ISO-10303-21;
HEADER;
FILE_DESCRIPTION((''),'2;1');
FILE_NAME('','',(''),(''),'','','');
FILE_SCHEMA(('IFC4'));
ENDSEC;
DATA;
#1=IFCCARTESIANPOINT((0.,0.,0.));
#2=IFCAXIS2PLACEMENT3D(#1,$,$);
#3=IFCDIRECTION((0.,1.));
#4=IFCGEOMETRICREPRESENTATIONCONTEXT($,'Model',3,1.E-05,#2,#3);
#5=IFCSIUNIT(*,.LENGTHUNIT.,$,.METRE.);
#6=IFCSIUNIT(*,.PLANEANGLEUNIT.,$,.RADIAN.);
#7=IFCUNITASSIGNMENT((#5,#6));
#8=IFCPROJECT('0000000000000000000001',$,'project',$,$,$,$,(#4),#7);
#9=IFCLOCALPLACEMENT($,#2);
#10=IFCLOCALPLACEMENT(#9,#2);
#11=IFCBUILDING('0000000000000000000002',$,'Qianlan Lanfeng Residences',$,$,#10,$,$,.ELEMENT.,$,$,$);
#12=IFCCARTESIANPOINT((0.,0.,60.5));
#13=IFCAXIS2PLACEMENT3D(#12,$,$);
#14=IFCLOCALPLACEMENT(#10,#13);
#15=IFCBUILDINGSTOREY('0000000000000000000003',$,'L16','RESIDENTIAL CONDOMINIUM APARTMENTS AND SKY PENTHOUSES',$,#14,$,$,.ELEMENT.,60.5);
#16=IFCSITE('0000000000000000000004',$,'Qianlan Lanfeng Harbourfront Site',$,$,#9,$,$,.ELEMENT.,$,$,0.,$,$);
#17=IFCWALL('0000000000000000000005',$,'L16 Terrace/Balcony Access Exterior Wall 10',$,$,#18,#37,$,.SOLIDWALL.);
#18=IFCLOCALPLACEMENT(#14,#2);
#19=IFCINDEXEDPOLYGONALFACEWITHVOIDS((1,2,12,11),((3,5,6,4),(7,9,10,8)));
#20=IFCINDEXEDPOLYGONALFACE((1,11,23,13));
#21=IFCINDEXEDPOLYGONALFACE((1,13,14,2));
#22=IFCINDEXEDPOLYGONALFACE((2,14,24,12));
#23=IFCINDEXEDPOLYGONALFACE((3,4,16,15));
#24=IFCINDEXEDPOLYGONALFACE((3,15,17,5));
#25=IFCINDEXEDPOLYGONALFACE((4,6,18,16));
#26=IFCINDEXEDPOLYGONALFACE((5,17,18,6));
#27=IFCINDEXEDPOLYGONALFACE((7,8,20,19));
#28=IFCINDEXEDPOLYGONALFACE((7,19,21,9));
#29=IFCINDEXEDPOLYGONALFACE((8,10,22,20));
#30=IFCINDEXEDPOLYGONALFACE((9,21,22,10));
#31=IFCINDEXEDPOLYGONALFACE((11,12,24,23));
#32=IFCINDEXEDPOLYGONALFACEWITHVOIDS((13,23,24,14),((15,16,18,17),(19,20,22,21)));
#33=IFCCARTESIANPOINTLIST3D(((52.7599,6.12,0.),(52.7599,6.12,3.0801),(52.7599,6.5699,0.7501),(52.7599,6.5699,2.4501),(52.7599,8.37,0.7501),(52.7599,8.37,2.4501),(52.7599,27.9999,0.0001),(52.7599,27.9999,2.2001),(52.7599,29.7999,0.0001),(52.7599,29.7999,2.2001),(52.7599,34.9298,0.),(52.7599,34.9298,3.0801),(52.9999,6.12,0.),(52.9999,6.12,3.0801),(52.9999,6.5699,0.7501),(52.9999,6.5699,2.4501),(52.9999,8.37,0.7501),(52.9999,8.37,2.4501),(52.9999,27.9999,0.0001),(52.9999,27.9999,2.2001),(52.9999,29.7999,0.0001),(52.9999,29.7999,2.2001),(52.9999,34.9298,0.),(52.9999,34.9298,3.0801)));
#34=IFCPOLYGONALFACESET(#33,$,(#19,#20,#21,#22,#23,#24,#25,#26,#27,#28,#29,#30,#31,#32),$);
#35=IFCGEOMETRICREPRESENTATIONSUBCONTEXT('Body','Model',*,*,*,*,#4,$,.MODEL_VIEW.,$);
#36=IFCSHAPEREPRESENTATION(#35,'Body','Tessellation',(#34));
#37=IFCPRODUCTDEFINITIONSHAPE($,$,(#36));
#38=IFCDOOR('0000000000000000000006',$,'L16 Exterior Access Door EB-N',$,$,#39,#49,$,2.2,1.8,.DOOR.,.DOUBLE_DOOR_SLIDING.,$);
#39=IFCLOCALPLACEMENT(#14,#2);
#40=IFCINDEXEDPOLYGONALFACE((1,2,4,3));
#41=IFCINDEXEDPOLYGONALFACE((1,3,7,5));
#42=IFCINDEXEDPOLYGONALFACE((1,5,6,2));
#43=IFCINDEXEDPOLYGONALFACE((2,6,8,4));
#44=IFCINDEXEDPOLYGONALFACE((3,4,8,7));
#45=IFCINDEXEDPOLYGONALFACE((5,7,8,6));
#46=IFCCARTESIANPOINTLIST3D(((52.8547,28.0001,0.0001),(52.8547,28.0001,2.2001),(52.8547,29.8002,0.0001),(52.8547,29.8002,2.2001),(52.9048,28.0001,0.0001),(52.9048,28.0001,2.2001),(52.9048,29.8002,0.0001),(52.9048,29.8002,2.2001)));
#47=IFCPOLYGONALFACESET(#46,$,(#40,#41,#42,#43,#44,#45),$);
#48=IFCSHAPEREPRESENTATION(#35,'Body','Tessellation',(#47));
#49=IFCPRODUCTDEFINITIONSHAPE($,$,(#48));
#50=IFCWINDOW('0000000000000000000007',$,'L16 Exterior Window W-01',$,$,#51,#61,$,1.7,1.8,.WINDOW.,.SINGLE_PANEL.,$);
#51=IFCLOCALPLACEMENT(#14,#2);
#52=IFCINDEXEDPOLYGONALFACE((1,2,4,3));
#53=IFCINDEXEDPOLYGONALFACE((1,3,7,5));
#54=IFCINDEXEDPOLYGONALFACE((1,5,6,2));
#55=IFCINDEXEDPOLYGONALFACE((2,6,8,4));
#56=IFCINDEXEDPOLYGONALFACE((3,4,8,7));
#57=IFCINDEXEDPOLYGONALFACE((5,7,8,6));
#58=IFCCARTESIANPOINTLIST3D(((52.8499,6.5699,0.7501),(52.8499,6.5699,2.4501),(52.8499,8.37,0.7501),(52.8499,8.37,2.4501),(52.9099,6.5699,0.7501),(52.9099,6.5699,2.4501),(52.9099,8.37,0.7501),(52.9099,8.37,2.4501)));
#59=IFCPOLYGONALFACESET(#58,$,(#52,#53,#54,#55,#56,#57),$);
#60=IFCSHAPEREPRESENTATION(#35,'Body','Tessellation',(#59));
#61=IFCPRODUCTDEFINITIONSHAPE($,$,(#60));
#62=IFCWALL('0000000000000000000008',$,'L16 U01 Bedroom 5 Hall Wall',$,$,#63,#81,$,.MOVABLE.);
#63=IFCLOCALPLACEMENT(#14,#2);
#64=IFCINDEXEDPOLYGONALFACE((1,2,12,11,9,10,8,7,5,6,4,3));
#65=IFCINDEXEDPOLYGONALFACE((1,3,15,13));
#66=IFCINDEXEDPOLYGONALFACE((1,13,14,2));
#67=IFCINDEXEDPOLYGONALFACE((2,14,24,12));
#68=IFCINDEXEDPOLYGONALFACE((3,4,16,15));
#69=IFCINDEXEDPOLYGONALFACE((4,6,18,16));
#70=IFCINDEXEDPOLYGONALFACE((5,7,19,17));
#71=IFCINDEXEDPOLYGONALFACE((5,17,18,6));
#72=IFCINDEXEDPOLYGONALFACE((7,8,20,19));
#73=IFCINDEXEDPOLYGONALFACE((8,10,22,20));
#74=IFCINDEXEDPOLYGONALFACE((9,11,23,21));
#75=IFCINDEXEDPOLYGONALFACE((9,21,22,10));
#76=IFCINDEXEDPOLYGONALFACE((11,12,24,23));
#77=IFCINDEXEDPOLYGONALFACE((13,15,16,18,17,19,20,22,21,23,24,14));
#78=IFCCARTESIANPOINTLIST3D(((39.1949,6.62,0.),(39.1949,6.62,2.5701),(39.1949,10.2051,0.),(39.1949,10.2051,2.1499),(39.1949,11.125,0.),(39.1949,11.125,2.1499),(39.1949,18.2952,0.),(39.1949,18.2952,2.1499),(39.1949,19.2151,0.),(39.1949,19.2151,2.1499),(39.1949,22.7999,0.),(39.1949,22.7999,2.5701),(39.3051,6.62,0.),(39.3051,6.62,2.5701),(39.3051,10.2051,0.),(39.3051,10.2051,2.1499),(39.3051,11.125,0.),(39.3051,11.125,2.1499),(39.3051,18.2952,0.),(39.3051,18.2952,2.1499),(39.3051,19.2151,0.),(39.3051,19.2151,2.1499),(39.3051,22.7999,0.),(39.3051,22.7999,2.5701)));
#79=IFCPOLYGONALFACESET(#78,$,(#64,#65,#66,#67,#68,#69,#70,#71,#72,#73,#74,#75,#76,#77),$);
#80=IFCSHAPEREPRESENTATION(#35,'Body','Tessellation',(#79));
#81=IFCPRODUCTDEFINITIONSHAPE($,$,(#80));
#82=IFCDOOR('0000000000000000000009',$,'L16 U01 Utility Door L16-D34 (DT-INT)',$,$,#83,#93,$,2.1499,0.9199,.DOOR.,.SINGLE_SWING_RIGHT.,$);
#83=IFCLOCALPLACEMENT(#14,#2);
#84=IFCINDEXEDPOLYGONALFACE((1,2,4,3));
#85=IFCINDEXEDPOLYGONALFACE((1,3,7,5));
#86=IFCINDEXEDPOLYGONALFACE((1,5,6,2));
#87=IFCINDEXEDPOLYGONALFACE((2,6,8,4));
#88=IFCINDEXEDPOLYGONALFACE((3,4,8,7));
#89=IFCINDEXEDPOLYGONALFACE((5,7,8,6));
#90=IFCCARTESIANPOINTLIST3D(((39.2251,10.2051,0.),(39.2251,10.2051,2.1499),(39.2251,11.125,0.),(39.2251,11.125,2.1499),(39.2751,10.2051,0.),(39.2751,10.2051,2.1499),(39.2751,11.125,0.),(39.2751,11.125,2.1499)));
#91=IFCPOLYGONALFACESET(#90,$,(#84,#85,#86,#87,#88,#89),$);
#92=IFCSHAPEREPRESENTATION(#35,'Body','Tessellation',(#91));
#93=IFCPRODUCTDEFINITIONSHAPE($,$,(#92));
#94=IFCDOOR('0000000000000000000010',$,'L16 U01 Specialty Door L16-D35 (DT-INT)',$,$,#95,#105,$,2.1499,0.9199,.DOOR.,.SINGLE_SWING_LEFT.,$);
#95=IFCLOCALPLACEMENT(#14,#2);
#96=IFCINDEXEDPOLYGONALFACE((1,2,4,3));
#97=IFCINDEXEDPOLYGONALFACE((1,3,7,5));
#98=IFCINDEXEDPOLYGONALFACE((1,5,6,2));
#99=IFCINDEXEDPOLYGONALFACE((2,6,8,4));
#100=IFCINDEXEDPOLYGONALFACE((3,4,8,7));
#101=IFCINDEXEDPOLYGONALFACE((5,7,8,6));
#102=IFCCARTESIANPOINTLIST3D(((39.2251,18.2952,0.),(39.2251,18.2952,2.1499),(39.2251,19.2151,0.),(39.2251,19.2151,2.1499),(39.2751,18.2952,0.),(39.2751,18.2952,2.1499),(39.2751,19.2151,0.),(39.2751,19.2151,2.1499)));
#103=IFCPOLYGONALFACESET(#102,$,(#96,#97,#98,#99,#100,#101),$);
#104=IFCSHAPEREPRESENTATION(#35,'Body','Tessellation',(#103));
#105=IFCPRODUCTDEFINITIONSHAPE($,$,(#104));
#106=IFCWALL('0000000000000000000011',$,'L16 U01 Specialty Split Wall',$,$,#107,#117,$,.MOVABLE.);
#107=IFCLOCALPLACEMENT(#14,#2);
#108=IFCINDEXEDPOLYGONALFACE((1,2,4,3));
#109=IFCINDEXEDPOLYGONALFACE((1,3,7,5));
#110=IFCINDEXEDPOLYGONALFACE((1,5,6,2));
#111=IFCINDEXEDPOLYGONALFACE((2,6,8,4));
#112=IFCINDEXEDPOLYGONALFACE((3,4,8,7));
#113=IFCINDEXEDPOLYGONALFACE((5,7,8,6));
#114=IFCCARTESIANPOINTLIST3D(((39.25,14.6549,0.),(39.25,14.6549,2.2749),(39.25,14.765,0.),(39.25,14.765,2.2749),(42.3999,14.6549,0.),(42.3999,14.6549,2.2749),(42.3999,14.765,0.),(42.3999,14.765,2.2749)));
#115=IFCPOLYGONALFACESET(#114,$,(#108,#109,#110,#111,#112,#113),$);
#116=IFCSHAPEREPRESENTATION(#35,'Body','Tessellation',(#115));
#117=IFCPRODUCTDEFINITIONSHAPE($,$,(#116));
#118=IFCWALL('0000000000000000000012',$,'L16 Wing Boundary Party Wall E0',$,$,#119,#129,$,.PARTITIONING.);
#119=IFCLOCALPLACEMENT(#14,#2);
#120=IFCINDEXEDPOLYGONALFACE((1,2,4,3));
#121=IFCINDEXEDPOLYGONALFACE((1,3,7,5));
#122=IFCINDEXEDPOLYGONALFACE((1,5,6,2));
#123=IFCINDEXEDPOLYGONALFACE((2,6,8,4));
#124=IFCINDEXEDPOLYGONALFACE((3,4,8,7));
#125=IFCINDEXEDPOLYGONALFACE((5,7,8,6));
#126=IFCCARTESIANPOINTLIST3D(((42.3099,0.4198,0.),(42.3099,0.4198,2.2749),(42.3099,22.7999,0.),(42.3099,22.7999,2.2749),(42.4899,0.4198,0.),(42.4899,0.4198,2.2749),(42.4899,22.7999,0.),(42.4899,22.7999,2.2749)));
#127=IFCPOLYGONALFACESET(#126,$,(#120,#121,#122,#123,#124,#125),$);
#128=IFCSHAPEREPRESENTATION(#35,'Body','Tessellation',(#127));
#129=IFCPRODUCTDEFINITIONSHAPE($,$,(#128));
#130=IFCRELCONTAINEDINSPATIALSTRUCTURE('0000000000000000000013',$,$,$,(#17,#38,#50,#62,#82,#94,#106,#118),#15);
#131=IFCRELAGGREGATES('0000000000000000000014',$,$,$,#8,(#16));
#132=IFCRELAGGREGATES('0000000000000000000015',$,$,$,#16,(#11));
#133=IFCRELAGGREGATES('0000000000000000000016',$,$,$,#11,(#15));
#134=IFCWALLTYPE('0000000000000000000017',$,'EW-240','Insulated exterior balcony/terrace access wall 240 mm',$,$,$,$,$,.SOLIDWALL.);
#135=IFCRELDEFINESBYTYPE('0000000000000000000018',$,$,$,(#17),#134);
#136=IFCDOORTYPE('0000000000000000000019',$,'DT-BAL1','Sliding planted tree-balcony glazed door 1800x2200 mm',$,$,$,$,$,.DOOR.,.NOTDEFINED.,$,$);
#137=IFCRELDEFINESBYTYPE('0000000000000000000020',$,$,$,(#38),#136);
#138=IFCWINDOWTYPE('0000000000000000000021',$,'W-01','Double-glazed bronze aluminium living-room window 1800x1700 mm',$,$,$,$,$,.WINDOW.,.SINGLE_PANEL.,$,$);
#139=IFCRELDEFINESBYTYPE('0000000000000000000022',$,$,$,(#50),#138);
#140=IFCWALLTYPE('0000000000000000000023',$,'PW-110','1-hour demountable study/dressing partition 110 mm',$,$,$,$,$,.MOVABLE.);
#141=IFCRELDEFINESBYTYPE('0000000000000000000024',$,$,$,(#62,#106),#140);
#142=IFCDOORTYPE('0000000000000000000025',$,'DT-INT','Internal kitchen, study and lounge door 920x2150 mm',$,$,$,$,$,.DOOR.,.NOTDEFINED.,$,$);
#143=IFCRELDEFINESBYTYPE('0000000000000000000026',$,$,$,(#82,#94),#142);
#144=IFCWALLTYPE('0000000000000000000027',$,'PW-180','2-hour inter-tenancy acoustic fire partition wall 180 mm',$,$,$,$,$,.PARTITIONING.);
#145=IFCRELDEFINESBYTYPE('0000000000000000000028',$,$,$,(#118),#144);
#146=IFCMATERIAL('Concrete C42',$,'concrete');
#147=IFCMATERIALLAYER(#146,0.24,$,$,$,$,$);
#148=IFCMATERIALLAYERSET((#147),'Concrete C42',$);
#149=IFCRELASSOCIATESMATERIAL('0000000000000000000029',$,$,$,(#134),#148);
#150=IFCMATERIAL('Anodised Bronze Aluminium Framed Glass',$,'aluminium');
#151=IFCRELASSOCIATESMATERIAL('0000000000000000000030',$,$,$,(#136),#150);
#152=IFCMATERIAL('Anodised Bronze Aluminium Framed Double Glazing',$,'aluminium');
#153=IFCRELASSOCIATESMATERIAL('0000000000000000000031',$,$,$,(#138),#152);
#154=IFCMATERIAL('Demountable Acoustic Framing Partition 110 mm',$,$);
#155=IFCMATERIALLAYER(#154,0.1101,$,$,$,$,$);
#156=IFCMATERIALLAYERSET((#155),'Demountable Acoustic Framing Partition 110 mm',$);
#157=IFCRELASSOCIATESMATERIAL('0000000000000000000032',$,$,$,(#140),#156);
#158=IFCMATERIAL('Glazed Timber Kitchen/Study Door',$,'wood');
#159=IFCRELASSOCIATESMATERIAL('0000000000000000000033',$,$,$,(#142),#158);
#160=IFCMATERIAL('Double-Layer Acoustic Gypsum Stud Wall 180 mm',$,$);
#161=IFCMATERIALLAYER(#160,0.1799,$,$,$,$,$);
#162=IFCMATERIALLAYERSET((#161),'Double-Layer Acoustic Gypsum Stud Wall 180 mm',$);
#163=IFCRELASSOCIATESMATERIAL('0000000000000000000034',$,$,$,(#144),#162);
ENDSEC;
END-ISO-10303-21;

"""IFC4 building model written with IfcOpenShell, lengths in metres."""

from ifc_helpers import new_model, si_unit, direction, frame, frame_2d, origin, place, context, subcontext, project, spatial, rectangle, extrude, material, layer, layer_set, type_object, element, fill, save


model = new_model("IFC4")

# Units and contexts
model_context = context("Model", 3, precision=1e-05, world=origin(), true_north=direction((0.0, 1.0)))
body_context = subcontext(model_context, "Body", "Model", "MODEL_VIEW")
ifc_project = project(units=[si_unit("LENGTHUNIT", "METRE"), si_unit("PLANEANGLEUNIT", "RADIAN")], contexts=[model_context])

# Site, building, storey
site_placement = place(None, origin())
site = spatial("IfcSite", under=ifc_project, at=site_placement, Name="Qianlan Lanfeng Harbourfront Site", CompositionType="ELEMENT", RefElevation=0.0)
building_placement = place(site_placement, origin())
building = spatial("IfcBuilding", under=site, at=building_placement, Name="Qianlan Lanfeng Residences", CompositionType="ELEMENT")
storey_placement = place(building_placement, frame((0.0, 0.0, 60.5)))
storey = spatial("IfcBuildingStorey", under=building, at=storey_placement, Name="L16", Description="RESIDENTIAL CONDOMINIUM APARTMENTS AND SKY PENTHOUSES", CompositionType="ELEMENT", Elevation=60.5)

# Shared definitions
ifc_material_1 = material(Name="Concrete C42", Category="concrete")
ifc_layer_1 = layer(ifc_material_1, 0.24)
ifc_layer_set_1 = layer_set([ifc_layer_1], Name="Concrete C42")
wall_type_1 = type_object("IfcWallType", Name="EW-240", Description="Insulated exterior balcony/terrace access wall 240 mm", PredefinedType="SOLIDWALL", material=ifc_layer_set_1)
ifc_material_2 = material(Name="Anodised Bronze Aluminium Framed Double Glazing", Category="aluminium")

# Wall, openings, door, window
wall_1_placement = place(storey_placement, frame((52.8799, 6.1201, 0.0), z_axis=(0.0, 0.0, 1.0), x_axis=(0.0, 1.0, 0.0)))
wall_1 = element("IfcWall", 1, at=wall_1_placement, inside=storey, type_object=wall_type_1, Name="L16 Terrace/Balcony Access Exterior Wall 10", PredefinedType="SOLIDWALL", context=body_context, shape_type="SweptSolid", body=[
    extrude(rectangle(XDim=28.8098, YDim=0.24, at=frame_2d((14.4048, 0.0))), origin(), (0.0, 0.0, 1.0), 3.0801),
])
opening_1_placement = place(wall_1_placement, frame((21.8799, 0.0, 0.0)))
opening_1 = element("IfcOpeningElement", 2, at=opening_1_placement, cuts=wall_1, PredefinedType="OPENING", context=body_context, shape_type="SweptSolid", body=[
    extrude(rectangle(XDim=1.8, YDim=2.2, at=frame_2d((0.8999, 1.1001))), frame((0.0, 0.1299, 0.0), z_axis=(0.0, -1.0, 0.0), x_axis=(1.0, 0.0, 0.0)), (0.0, 0.0, 1.0), 0.26),
])
opening_2_placement = place(wall_1_placement, frame((0.45, 0.0, 0.75)))
opening_2 = element("IfcOpeningElement", 3, at=opening_2_placement, cuts=wall_1, PredefinedType="OPENING", context=body_context, shape_type="SweptSolid", body=[
    extrude(rectangle(XDim=1.8, YDim=1.7, at=frame_2d((0.8999, 0.8501))), frame((0.0, 0.1299, 0.0), z_axis=(0.0, -1.0, 0.0), x_axis=(1.0, 0.0, 0.0)), (0.0, 0.0, 1.0), 0.26),
])
ifc_material_3 = material(Name="Anodised Bronze Aluminium Framed Glass", Category="aluminium")
door_type_1 = type_object("IfcDoorType", Name="DT-BAL1", Description="Sliding planted tree-balcony glazed door 1800x2200 mm", OperationType="NOTDEFINED", PredefinedType="DOOR", material=ifc_material_3)
door_1_placement = place(opening_1_placement, frame((1.8, 0.0, 0.0), z_axis=(0.0, 0.0, 1.0), x_axis=(-1.0, 0.0, 0.0)))
door_1 = element("IfcDoor", 4, at=door_1_placement, inside=storey, type_object=door_type_1, Name="L16 Exterior Access Door EB-N", OperationType="DOUBLE_DOOR_SLIDING", OverallHeight=2.2, OverallWidth=1.8, PredefinedType="DOOR", context=body_context, shape_type="SweptSolid", body=[
    extrude(rectangle(XDim=1.8, YDim=2.2, at=frame_2d((0.8999, 1.1001))), frame((0.0, 0.0249, 0.0), z_axis=(0.0, -1.0, 0.0), x_axis=(1.0, 0.0, 0.0)), (0.0, 0.0, 1.0), 0.05),
])
fill(opening_1, door_1)
window_type_1 = type_object("IfcWindowType", Name="W-01", Description="Double-glazed bronze aluminium living-room window 1800x1700 mm", PartitioningType="SINGLE_PANEL", PredefinedType="WINDOW", material=ifc_material_2)
window_1_placement = place(opening_2_placement, origin())
window_1 = element("IfcWindow", 5, at=window_1_placement, inside=storey, type_object=window_type_1, Name="L16 Exterior Window W-01", OverallHeight=1.7, OverallWidth=1.8, PartitioningType="SINGLE_PANEL", PredefinedType="WINDOW", context=body_context, shape_type="SweptSolid", body=[
    extrude(rectangle(XDim=1.8, YDim=1.7, at=frame_2d((0.8999, 0.8501))), frame((0.0, 0.03, 0.0), z_axis=(0.0, -1.0, 0.0), x_axis=(1.0, 0.0, 0.0)), (0.0, 0.0, 1.0), 0.0601),
])
fill(opening_2, window_1)

# Wall, openings, doors
ifc_material_4 = material(Name="Demountable Acoustic Framing Partition 110 mm")
ifc_layer_2 = layer(ifc_material_4, 0.1101)
ifc_layer_set_2 = layer_set([ifc_layer_2], Name="Demountable Acoustic Framing Partition 110 mm")
wall_type_2 = type_object("IfcWallType", Name="PW-110", Description="1-hour demountable study/dressing partition 110 mm", PredefinedType="MOVABLE", material=ifc_layer_set_2)
wall_2_placement = place(storey_placement, frame((39.25, 6.6201, 0.0), z_axis=(0.0, 0.0, 1.0), x_axis=(0.0, 1.0, 0.0)))
wall_2 = element("IfcWall", 6, at=wall_2_placement, inside=storey, type_object=wall_type_2, Name="L16 U01 Bedroom 5 Hall Wall", PredefinedType="MOVABLE", context=body_context, shape_type="SweptSolid", body=[
    extrude(rectangle(XDim=16.1799, YDim=0.1101, at=frame_2d((8.0898, 0.0))), origin(), (0.0, 0.0, 1.0), 2.5701),
])
opening_3_placement = place(wall_2_placement, frame((3.585, 0.0, 0.0)))
opening_3 = element("IfcOpeningElement", 7, at=opening_3_placement, cuts=wall_2, PredefinedType="OPENING", context=body_context, shape_type="SweptSolid", body=[
    extrude(rectangle(XDim=0.9199, YDim=2.1499, at=frame_2d((0.46, 1.075))), frame((0.0, 0.0649, 0.0), z_axis=(0.0, -1.0, 0.0), x_axis=(1.0, 0.0, 0.0)), (0.0, 0.0, 1.0), 0.1301),
])
opening_4_placement = place(wall_2_placement, frame((11.675, 0.0, 0.0)))
opening_4 = element("IfcOpeningElement", 8, at=opening_4_placement, cuts=wall_2, PredefinedType="OPENING", context=body_context, shape_type="SweptSolid", body=[
    extrude(rectangle(XDim=0.9199, YDim=2.1499, at=frame_2d((0.46, 1.075))), frame((0.0, 0.0649, 0.0), z_axis=(0.0, -1.0, 0.0), x_axis=(1.0, 0.0, 0.0)), (0.0, 0.0, 1.0), 0.1301),
])
ifc_material_5 = material(Name="Glazed Timber Kitchen/Study Door", Category="wood")
door_type_2 = type_object("IfcDoorType", Name="DT-INT", Description="Internal kitchen, study and lounge door 920x2150 mm", OperationType="NOTDEFINED", PredefinedType="DOOR", material=ifc_material_5)
door_2_placement = place(opening_3_placement, origin())
door_2 = element("IfcDoor", 9, at=door_2_placement, inside=storey, type_object=door_type_2, Name="L16 U01 Utility Door L16-D34 (DT-INT)", OperationType="SINGLE_SWING_RIGHT", OverallHeight=2.1499, OverallWidth=0.9199, PredefinedType="DOOR", context=body_context, shape_type="SweptSolid", body=[
    extrude(rectangle(XDim=0.9199, YDim=2.1499, at=frame_2d((0.46, 1.075))), frame((0.0, 0.0249, 0.0), z_axis=(0.0, -1.0, 0.0), x_axis=(1.0, 0.0, 0.0)), (0.0, 0.0, 1.0), 0.05),
])
fill(opening_3, door_2)
door_3_placement = place(opening_4_placement, origin())
door_3 = element("IfcDoor", 10, at=door_3_placement, inside=storey, type_object=door_type_2, Name="L16 U01 Specialty Door L16-D35 (DT-INT)", OperationType="SINGLE_SWING_LEFT", OverallHeight=2.1499, OverallWidth=0.9199, PredefinedType="DOOR", context=body_context, shape_type="SweptSolid", body=[
    extrude(rectangle(XDim=0.9199, YDim=2.1499, at=frame_2d((0.46, 1.075))), frame((0.0, 0.0249, 0.0), z_axis=(0.0, -1.0, 0.0), x_axis=(1.0, 0.0, 0.0)), (0.0, 0.0, 1.0), 0.05),
])
fill(opening_4, door_3)

# Walls
wall_3_placement = place(storey_placement, frame((39.25, 14.71, 0.0), z_axis=(0.0, 0.0, 1.0), x_axis=(1.0, 0.0, 0.0)))
element("IfcWall", 11, at=wall_3_placement, inside=storey, type_object=wall_type_2, Name="L16 U01 Specialty Split Wall", PredefinedType="MOVABLE", context=body_context, shape_type="SweptSolid", body=[
    extrude(rectangle(XDim=3.1499, YDim=0.1101, at=frame_2d((1.575, 0.0))), origin(), (0.0, 0.0, 1.0), 2.2749),
])
ifc_material_6 = material(Name="Double-Layer Acoustic Gypsum Stud Wall 180 mm")
ifc_layer_3 = layer(ifc_material_6, 0.1799)
ifc_layer_set_3 = layer_set([ifc_layer_3], Name="Double-Layer Acoustic Gypsum Stud Wall 180 mm")
wall_type_3 = type_object("IfcWallType", Name="PW-180", Description="2-hour inter-tenancy acoustic fire partition wall 180 mm", PredefinedType="PARTITIONING", material=ifc_layer_set_3)
wall_4_placement = place(storey_placement, frame((42.3999, 0.4199, 0.0), z_axis=(0.0, 0.0, 1.0), x_axis=(0.0, 1.0, 0.0)))
element("IfcWall", 12, at=wall_4_placement, inside=storey, type_object=wall_type_3, Name="L16 Wing Boundary Party Wall E0", PredefinedType="PARTITIONING", context=body_context, shape_type="SweptSolid", body=[
    extrude(rectangle(XDim=22.3801, YDim=0.1799, at=frame_2d((11.1899, 0.0))), origin(), (0.0, 0.0, 1.0), 2.2749),
])

save(model, "model.ifc")
